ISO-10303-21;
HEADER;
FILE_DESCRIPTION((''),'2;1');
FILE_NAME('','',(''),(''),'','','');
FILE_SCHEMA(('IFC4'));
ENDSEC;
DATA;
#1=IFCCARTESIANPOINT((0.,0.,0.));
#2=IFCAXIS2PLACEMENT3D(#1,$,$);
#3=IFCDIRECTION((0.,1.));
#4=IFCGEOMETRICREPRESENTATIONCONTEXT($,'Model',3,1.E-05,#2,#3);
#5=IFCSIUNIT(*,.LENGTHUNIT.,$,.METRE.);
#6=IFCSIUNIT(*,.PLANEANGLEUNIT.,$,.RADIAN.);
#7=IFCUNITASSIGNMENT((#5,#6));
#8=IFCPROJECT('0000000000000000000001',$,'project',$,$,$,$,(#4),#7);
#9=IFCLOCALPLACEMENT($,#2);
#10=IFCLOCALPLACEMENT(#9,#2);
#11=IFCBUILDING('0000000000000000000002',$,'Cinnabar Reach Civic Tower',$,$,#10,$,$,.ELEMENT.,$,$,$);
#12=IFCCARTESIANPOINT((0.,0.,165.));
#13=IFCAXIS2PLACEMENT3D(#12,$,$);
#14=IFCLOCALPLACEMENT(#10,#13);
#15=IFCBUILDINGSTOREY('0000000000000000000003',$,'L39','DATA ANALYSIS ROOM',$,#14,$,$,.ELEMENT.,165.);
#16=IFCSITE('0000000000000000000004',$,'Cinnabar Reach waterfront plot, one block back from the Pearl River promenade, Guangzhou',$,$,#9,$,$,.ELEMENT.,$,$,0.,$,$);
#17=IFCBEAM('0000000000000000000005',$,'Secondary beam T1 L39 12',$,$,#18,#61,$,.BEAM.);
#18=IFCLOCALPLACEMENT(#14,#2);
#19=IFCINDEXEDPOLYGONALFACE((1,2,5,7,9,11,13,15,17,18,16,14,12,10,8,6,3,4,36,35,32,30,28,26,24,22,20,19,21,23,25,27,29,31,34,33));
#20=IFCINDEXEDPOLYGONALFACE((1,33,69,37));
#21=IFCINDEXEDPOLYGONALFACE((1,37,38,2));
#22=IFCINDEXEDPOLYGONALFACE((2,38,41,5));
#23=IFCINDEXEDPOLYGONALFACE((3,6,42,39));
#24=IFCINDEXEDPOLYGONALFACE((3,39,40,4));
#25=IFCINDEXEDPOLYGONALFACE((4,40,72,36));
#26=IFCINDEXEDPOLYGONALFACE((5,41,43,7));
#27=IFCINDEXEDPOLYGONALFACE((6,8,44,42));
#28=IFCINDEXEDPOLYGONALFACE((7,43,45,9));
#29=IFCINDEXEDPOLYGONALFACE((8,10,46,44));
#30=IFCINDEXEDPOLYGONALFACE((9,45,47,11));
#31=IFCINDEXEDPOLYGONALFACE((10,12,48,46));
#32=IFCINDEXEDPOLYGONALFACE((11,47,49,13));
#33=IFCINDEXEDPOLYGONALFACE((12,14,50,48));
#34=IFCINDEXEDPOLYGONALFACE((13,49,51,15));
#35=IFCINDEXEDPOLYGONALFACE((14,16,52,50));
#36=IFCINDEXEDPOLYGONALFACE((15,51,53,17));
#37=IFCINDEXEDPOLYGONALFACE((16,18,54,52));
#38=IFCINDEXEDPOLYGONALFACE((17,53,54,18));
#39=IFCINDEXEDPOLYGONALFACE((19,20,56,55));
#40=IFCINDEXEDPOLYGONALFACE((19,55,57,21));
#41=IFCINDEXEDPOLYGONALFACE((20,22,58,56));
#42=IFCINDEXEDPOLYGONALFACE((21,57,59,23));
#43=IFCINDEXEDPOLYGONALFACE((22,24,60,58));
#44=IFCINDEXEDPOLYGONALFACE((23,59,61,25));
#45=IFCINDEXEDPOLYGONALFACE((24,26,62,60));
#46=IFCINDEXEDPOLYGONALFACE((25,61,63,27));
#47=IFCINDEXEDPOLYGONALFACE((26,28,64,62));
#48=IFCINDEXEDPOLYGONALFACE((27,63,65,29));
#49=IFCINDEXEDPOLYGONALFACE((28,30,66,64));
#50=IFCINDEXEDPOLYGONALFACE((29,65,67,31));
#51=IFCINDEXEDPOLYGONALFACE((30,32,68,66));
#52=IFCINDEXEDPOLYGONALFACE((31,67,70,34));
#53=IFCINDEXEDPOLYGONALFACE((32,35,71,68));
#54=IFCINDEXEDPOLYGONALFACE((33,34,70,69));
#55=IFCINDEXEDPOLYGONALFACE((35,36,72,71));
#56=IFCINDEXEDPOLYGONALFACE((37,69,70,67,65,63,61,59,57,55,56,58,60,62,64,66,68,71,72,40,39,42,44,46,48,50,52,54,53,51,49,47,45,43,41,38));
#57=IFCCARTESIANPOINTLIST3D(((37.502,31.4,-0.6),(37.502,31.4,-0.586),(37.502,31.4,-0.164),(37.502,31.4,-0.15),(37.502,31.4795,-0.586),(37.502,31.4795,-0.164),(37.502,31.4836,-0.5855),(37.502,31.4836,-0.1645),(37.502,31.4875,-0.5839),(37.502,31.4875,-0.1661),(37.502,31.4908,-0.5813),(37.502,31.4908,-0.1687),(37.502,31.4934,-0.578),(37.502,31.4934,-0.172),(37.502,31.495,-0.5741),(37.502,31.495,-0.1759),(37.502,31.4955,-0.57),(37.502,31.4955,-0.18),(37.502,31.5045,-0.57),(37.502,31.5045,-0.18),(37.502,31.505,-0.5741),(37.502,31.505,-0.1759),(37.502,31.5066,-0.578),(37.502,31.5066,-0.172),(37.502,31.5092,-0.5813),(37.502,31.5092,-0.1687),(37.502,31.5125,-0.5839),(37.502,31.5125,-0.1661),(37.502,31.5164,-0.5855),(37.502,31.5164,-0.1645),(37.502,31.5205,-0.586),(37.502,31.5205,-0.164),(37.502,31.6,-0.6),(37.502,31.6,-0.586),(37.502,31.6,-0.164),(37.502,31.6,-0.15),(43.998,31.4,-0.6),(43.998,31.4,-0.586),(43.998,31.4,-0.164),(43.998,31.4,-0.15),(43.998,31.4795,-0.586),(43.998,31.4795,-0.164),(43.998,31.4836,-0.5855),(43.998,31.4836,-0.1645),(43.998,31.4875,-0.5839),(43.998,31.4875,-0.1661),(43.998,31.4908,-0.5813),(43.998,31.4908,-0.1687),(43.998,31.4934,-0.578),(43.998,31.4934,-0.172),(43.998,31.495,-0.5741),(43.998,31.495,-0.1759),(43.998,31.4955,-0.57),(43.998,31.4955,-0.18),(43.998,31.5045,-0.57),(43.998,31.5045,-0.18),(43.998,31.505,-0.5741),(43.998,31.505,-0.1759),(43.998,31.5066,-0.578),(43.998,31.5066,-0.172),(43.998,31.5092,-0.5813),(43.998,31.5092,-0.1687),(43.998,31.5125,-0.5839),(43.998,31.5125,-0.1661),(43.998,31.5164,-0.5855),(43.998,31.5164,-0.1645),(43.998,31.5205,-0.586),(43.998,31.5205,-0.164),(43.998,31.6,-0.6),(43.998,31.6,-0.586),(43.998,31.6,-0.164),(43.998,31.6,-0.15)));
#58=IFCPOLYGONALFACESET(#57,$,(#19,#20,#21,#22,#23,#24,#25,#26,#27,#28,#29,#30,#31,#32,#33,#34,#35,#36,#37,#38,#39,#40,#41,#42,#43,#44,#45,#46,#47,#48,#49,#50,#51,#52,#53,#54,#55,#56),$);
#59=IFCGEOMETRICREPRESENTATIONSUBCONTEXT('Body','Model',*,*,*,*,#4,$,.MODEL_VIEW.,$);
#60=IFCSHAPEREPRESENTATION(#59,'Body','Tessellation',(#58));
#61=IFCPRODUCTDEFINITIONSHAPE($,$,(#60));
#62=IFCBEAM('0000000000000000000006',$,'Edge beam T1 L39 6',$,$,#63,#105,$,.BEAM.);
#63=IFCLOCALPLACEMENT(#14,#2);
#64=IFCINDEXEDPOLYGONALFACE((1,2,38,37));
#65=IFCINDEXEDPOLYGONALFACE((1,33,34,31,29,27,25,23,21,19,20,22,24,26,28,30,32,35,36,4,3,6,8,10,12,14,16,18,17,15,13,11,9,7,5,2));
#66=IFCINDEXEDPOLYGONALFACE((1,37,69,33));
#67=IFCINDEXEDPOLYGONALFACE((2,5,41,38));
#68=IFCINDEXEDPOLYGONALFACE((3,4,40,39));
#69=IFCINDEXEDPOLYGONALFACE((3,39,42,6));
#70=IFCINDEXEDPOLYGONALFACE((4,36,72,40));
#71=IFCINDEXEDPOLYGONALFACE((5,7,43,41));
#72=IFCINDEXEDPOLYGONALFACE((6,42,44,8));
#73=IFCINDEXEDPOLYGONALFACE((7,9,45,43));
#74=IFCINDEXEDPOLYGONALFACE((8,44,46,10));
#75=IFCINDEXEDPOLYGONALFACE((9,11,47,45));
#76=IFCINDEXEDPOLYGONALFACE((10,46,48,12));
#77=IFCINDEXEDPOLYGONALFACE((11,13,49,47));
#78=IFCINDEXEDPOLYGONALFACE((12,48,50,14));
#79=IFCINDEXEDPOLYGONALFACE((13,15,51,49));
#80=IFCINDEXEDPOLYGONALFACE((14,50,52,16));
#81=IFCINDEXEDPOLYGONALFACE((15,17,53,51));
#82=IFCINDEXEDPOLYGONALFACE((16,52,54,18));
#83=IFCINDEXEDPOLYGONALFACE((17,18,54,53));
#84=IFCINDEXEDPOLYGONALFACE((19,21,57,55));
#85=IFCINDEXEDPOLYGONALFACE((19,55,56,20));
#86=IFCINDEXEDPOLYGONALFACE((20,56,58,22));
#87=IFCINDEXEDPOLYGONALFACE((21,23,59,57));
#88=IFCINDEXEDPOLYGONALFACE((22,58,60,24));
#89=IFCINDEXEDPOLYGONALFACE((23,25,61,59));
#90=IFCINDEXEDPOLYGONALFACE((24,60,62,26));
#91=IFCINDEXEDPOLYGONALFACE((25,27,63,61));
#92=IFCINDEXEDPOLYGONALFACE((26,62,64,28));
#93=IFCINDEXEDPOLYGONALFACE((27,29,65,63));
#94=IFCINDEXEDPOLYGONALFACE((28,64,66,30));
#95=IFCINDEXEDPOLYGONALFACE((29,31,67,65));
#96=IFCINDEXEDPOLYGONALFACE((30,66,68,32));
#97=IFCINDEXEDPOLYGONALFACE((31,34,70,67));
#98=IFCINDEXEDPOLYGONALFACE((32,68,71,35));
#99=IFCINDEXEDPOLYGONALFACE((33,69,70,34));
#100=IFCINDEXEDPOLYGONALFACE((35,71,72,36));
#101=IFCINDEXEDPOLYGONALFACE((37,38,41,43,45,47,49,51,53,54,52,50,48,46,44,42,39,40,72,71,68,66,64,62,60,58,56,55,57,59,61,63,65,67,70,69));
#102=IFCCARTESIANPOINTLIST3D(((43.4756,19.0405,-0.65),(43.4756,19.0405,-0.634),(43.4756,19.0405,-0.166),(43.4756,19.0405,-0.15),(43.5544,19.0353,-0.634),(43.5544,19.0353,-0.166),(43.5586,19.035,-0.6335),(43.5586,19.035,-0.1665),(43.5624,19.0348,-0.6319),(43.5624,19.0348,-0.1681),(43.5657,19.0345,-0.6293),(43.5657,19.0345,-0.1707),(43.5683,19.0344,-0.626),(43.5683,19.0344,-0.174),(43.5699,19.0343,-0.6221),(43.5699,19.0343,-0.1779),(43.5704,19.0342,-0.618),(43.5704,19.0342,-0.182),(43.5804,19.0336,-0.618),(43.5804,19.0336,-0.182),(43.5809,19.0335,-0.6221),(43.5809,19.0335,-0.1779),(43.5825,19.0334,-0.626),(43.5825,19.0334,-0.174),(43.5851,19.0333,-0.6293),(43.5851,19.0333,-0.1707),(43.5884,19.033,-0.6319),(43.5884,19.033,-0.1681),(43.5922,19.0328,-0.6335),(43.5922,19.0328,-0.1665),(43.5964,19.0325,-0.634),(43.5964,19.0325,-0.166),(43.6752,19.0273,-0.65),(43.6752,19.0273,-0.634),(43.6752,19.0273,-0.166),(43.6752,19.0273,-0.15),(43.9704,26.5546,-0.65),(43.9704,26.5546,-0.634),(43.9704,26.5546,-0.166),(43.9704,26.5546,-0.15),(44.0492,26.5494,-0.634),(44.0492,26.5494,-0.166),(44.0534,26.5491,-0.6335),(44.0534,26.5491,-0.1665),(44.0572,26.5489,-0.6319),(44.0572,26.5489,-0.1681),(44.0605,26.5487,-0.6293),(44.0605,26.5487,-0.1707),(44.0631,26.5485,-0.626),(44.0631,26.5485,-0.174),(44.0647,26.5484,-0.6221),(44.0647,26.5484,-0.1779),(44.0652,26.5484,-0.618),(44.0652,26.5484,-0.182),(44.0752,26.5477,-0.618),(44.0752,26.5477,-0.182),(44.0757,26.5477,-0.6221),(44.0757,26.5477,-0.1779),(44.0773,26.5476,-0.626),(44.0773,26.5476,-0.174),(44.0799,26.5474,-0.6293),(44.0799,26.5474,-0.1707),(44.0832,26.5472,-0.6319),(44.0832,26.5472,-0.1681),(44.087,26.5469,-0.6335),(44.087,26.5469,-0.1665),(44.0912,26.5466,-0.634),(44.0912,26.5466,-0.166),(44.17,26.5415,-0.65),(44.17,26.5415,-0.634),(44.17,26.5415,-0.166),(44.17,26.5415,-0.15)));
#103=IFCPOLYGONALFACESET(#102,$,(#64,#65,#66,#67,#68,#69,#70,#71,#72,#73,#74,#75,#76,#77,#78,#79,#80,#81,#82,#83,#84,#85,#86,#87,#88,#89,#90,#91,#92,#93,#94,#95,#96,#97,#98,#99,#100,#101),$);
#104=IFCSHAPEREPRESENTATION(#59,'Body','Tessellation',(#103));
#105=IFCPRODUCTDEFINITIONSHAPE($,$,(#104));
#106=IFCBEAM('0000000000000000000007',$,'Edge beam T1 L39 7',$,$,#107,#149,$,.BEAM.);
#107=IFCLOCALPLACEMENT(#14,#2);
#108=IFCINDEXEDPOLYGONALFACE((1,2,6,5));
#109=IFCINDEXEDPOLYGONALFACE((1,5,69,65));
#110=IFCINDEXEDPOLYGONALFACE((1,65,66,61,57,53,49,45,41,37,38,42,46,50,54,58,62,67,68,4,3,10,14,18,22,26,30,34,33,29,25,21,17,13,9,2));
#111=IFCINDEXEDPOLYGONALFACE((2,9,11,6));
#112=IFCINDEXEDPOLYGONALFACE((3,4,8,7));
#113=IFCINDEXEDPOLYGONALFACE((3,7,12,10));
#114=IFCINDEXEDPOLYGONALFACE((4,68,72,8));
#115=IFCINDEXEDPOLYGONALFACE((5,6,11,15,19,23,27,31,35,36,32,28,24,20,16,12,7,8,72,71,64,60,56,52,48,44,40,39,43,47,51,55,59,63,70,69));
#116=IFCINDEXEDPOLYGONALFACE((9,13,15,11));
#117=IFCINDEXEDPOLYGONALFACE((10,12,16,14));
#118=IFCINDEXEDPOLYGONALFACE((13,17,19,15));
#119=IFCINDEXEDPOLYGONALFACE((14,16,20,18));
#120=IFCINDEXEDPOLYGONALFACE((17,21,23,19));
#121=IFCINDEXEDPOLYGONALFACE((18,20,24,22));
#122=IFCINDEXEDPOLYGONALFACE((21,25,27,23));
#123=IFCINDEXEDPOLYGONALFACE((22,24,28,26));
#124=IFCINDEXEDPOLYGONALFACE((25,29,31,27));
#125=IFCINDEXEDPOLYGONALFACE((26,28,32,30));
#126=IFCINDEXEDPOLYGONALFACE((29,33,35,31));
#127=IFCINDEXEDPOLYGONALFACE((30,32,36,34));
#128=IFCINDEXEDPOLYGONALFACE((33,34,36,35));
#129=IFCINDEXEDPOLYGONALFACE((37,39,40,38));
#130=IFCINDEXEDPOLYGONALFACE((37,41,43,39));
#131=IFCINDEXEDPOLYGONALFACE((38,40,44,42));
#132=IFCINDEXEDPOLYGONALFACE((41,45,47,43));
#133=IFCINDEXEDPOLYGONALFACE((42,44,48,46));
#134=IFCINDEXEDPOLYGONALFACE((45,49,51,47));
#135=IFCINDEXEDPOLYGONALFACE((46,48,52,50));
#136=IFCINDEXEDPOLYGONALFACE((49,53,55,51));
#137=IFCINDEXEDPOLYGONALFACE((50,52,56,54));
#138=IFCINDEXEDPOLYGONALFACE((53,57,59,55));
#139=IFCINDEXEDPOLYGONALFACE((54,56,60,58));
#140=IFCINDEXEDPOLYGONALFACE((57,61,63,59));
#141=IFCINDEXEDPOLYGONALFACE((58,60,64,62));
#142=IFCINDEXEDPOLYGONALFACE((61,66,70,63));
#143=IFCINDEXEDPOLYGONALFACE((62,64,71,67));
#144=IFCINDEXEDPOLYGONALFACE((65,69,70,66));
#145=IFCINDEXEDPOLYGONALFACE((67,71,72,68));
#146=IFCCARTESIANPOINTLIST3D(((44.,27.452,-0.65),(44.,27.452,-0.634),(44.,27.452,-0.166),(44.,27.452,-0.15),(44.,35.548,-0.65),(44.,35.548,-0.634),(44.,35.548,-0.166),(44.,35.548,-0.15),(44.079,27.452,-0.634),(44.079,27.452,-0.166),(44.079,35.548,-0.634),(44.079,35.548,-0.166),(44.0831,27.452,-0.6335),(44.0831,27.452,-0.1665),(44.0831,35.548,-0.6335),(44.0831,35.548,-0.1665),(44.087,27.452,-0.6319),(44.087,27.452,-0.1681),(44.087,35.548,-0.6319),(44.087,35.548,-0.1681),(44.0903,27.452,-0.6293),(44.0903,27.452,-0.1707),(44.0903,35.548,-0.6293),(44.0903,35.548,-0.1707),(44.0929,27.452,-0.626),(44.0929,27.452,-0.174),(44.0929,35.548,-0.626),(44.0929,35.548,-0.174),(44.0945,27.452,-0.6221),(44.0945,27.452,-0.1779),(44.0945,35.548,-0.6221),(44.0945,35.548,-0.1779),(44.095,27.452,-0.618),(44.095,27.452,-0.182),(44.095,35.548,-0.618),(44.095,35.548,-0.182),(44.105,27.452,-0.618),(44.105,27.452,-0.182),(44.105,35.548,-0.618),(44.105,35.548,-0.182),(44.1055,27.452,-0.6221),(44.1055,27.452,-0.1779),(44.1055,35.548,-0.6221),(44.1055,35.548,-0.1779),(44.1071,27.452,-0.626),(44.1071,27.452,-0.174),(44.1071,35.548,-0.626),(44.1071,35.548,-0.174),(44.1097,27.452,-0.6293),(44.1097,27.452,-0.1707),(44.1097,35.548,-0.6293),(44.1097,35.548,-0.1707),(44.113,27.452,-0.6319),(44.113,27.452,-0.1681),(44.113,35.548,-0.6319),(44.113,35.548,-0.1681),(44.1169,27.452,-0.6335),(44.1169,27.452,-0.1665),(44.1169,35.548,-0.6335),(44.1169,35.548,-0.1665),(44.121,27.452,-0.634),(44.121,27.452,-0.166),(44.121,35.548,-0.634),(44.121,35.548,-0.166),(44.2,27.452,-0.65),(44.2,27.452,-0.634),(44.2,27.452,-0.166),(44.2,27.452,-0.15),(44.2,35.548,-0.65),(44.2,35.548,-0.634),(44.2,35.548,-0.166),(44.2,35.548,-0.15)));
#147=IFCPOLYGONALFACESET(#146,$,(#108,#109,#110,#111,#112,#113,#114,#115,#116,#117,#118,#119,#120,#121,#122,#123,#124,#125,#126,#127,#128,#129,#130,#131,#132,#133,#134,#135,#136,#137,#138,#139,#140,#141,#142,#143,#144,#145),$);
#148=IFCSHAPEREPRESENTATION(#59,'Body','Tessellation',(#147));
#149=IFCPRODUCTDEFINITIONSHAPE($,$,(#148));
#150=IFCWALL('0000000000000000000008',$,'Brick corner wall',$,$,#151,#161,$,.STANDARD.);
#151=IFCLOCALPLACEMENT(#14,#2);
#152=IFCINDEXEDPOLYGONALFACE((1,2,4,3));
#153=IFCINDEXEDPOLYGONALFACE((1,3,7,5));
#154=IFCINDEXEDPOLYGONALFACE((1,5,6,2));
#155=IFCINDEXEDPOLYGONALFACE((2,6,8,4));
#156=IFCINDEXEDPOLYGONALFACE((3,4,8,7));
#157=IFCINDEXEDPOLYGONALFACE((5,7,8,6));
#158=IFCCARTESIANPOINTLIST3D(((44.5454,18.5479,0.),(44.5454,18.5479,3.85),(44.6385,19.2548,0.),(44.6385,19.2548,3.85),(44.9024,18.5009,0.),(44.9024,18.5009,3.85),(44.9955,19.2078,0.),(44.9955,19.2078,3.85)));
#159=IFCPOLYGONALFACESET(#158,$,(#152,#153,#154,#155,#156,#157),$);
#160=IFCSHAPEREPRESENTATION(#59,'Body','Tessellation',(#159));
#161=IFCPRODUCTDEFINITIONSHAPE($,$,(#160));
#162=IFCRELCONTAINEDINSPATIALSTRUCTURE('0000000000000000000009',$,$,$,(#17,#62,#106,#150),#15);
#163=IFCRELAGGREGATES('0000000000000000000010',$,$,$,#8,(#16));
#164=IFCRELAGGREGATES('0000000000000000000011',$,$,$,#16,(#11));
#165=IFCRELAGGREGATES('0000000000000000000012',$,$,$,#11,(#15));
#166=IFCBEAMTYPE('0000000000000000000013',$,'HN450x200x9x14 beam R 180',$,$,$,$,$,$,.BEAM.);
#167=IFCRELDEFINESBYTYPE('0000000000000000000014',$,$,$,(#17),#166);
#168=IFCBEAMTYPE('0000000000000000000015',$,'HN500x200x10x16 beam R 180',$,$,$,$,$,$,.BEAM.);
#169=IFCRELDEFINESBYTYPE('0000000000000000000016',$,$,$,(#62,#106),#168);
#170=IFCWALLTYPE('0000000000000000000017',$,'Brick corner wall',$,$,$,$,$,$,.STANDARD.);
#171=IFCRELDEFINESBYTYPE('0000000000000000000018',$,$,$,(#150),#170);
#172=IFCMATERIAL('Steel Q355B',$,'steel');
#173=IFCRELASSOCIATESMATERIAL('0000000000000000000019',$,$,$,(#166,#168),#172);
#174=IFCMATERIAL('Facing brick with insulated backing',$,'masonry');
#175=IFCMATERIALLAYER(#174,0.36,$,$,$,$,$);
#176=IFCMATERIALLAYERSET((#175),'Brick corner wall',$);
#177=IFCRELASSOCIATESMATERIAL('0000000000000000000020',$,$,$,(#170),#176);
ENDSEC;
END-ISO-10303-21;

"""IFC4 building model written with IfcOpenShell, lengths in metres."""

from ifc_helpers import new_model, si_unit, direction, frame, frame_2d, origin, origin_2d, place, context, subcontext, project, spatial, rectangle, i_section, extrude, material, layer, layer_set, material_profile, profile_set, type_object, element, save


model = new_model("IFC4")

# Units and contexts
model_context = context("Model", 3, precision=1e-05, world=origin(), true_north=direction((0.0, 1.0)))
body_context = subcontext(model_context, "Body", "Model", "MODEL_VIEW")
ifc_project = project(units=[si_unit("LENGTHUNIT", "METRE"), si_unit("PLANEANGLEUNIT", "RADIAN")], contexts=[model_context])

# Site, building, storey
site_placement = place(None, origin())
site = spatial("IfcSite", under=ifc_project, at=site_placement, Name="Cinnabar Reach waterfront plot, one block back from the Pearl River promenade, Guangzhou", CompositionType="ELEMENT", RefElevation=0.0)
building_placement = place(site_placement, origin())
building = spatial("IfcBuilding", under=site, at=building_placement, Name="Cinnabar Reach Civic Tower", CompositionType="ELEMENT")
storey_placement = place(building_placement, frame((0.0, 0.0, 165.0)))
storey = spatial("IfcBuildingStorey", under=building, at=storey_placement, Name="L39", Description="DATA ANALYSIS ROOM", CompositionType="ELEMENT", Elevation=165.0)

# Beams
ifc_material_1 = material(Name="Steel Q355B", Category="steel")
ifc_material_profile_1 = material_profile(ifc_material_1, i_section(OverallWidth=0.2, OverallDepth=0.45, WebThickness=0.009, FlangeThickness=0.014, FilletRadius=0.016, at=origin_2d()), Name="HN450x200x9x14")
ifc_profile_set_1 = profile_set([ifc_material_profile_1], Name="Steel Q355B")
beam_type_1 = type_object("IfcBeamType", Name="HN450x200x9x14 beam R 180", PredefinedType="BEAM", material=ifc_profile_set_1)
beam_1_placement = place(storey_placement, frame((37.502, 31.5, -0.375), z_axis=(1.0, 0.0, 0.0), x_axis=(0.0, 1.0, 0.0)))
element("IfcBeam", 1, at=beam_1_placement, inside=storey, type_object=beam_type_1, Name="Secondary beam T1 L39 12", PredefinedType="BEAM", context=body_context, shape_type="SweptSolid", body=[
    extrude(i_section(OverallWidth=0.2, OverallDepth=0.45, WebThickness=0.009, FlangeThickness=0.014, FilletRadius=0.016, at=origin_2d()), origin(), (0.0, 0.0, 1.0), 6.496),
])
ifc_material_profile_2 = material_profile(ifc_material_1, i_section(OverallWidth=0.2, OverallDepth=0.5, WebThickness=0.01, FlangeThickness=0.016, FilletRadius=0.016, at=origin_2d()), Name="HN500x200x10x16")
ifc_profile_set_2 = profile_set([ifc_material_profile_2], Name="Steel Q355B")
beam_type_2 = type_object("IfcBeamType", Name="HN500x200x10x16 beam R 180", PredefinedType="BEAM", material=ifc_profile_set_2)
beam_2_placement = place(storey_placement, frame((43.5754, 19.0339, -0.4), z_axis=(0.065707, 0.997839, 0.0), x_axis=(-0.997839, 0.065707, 0.0)))
element("IfcBeam", 2, at=beam_2_placement, inside=storey, type_object=beam_type_2, Name="Edge beam T1 L39 6", PredefinedType="BEAM", context=body_context, shape_type="SweptSolid", body=[
    extrude(i_section(OverallWidth=0.2, OverallDepth=0.5, WebThickness=0.01, FlangeThickness=0.016, FilletRadius=0.016, at=origin_2d()), origin(), (0.0, 0.0, 1.0), 7.5304),
])
beam_3_placement = place(storey_placement, frame((44.1, 27.452, -0.4), z_axis=(0.0, 1.0, 0.0), x_axis=(-1.0, 0.0, 0.0)))
element("IfcBeam", 3, at=beam_3_placement, inside=storey, type_object=beam_type_2, Name="Edge beam T1 L39 7", PredefinedType="BEAM", context=body_context, shape_type="SweptSolid", body=[
    extrude(i_section(OverallWidth=0.2, OverallDepth=0.5, WebThickness=0.01, FlangeThickness=0.016, FilletRadius=0.016, at=origin_2d()), origin(), (0.0, 0.0, 1.0), 8.096),
])

# Wall
ifc_material_2 = material(Name="Facing brick with insulated backing", Category="masonry")
ifc_layer_1 = layer(ifc_material_2, 0.36)
ifc_layer_set_1 = layer_set([ifc_layer_1], Name="Brick corner wall")
wall_type_1 = type_object("IfcWallType", Name="Brick corner wall", PredefinedType="STANDARD", material=ifc_layer_set_1)
wall_1_placement = place(storey_placement, frame((44.7239, 18.5244, 0.0), z_axis=(0.0, 0.0, 1.0), x_axis=(0.130556, 0.991441, 0.0)))
element("IfcWall", 4, at=wall_1_placement, inside=storey, type_object=wall_type_1, Name="Brick corner wall", PredefinedType="STANDARD", context=body_context, shape_type="SweptSolid", body=[
    extrude(rectangle(XDim=0.7131, YDim=0.36, at=frame_2d((0.3565, 0.0))), origin(), (0.0, 0.0, 1.0), 3.85),
])

save(model, "model.ifc")
